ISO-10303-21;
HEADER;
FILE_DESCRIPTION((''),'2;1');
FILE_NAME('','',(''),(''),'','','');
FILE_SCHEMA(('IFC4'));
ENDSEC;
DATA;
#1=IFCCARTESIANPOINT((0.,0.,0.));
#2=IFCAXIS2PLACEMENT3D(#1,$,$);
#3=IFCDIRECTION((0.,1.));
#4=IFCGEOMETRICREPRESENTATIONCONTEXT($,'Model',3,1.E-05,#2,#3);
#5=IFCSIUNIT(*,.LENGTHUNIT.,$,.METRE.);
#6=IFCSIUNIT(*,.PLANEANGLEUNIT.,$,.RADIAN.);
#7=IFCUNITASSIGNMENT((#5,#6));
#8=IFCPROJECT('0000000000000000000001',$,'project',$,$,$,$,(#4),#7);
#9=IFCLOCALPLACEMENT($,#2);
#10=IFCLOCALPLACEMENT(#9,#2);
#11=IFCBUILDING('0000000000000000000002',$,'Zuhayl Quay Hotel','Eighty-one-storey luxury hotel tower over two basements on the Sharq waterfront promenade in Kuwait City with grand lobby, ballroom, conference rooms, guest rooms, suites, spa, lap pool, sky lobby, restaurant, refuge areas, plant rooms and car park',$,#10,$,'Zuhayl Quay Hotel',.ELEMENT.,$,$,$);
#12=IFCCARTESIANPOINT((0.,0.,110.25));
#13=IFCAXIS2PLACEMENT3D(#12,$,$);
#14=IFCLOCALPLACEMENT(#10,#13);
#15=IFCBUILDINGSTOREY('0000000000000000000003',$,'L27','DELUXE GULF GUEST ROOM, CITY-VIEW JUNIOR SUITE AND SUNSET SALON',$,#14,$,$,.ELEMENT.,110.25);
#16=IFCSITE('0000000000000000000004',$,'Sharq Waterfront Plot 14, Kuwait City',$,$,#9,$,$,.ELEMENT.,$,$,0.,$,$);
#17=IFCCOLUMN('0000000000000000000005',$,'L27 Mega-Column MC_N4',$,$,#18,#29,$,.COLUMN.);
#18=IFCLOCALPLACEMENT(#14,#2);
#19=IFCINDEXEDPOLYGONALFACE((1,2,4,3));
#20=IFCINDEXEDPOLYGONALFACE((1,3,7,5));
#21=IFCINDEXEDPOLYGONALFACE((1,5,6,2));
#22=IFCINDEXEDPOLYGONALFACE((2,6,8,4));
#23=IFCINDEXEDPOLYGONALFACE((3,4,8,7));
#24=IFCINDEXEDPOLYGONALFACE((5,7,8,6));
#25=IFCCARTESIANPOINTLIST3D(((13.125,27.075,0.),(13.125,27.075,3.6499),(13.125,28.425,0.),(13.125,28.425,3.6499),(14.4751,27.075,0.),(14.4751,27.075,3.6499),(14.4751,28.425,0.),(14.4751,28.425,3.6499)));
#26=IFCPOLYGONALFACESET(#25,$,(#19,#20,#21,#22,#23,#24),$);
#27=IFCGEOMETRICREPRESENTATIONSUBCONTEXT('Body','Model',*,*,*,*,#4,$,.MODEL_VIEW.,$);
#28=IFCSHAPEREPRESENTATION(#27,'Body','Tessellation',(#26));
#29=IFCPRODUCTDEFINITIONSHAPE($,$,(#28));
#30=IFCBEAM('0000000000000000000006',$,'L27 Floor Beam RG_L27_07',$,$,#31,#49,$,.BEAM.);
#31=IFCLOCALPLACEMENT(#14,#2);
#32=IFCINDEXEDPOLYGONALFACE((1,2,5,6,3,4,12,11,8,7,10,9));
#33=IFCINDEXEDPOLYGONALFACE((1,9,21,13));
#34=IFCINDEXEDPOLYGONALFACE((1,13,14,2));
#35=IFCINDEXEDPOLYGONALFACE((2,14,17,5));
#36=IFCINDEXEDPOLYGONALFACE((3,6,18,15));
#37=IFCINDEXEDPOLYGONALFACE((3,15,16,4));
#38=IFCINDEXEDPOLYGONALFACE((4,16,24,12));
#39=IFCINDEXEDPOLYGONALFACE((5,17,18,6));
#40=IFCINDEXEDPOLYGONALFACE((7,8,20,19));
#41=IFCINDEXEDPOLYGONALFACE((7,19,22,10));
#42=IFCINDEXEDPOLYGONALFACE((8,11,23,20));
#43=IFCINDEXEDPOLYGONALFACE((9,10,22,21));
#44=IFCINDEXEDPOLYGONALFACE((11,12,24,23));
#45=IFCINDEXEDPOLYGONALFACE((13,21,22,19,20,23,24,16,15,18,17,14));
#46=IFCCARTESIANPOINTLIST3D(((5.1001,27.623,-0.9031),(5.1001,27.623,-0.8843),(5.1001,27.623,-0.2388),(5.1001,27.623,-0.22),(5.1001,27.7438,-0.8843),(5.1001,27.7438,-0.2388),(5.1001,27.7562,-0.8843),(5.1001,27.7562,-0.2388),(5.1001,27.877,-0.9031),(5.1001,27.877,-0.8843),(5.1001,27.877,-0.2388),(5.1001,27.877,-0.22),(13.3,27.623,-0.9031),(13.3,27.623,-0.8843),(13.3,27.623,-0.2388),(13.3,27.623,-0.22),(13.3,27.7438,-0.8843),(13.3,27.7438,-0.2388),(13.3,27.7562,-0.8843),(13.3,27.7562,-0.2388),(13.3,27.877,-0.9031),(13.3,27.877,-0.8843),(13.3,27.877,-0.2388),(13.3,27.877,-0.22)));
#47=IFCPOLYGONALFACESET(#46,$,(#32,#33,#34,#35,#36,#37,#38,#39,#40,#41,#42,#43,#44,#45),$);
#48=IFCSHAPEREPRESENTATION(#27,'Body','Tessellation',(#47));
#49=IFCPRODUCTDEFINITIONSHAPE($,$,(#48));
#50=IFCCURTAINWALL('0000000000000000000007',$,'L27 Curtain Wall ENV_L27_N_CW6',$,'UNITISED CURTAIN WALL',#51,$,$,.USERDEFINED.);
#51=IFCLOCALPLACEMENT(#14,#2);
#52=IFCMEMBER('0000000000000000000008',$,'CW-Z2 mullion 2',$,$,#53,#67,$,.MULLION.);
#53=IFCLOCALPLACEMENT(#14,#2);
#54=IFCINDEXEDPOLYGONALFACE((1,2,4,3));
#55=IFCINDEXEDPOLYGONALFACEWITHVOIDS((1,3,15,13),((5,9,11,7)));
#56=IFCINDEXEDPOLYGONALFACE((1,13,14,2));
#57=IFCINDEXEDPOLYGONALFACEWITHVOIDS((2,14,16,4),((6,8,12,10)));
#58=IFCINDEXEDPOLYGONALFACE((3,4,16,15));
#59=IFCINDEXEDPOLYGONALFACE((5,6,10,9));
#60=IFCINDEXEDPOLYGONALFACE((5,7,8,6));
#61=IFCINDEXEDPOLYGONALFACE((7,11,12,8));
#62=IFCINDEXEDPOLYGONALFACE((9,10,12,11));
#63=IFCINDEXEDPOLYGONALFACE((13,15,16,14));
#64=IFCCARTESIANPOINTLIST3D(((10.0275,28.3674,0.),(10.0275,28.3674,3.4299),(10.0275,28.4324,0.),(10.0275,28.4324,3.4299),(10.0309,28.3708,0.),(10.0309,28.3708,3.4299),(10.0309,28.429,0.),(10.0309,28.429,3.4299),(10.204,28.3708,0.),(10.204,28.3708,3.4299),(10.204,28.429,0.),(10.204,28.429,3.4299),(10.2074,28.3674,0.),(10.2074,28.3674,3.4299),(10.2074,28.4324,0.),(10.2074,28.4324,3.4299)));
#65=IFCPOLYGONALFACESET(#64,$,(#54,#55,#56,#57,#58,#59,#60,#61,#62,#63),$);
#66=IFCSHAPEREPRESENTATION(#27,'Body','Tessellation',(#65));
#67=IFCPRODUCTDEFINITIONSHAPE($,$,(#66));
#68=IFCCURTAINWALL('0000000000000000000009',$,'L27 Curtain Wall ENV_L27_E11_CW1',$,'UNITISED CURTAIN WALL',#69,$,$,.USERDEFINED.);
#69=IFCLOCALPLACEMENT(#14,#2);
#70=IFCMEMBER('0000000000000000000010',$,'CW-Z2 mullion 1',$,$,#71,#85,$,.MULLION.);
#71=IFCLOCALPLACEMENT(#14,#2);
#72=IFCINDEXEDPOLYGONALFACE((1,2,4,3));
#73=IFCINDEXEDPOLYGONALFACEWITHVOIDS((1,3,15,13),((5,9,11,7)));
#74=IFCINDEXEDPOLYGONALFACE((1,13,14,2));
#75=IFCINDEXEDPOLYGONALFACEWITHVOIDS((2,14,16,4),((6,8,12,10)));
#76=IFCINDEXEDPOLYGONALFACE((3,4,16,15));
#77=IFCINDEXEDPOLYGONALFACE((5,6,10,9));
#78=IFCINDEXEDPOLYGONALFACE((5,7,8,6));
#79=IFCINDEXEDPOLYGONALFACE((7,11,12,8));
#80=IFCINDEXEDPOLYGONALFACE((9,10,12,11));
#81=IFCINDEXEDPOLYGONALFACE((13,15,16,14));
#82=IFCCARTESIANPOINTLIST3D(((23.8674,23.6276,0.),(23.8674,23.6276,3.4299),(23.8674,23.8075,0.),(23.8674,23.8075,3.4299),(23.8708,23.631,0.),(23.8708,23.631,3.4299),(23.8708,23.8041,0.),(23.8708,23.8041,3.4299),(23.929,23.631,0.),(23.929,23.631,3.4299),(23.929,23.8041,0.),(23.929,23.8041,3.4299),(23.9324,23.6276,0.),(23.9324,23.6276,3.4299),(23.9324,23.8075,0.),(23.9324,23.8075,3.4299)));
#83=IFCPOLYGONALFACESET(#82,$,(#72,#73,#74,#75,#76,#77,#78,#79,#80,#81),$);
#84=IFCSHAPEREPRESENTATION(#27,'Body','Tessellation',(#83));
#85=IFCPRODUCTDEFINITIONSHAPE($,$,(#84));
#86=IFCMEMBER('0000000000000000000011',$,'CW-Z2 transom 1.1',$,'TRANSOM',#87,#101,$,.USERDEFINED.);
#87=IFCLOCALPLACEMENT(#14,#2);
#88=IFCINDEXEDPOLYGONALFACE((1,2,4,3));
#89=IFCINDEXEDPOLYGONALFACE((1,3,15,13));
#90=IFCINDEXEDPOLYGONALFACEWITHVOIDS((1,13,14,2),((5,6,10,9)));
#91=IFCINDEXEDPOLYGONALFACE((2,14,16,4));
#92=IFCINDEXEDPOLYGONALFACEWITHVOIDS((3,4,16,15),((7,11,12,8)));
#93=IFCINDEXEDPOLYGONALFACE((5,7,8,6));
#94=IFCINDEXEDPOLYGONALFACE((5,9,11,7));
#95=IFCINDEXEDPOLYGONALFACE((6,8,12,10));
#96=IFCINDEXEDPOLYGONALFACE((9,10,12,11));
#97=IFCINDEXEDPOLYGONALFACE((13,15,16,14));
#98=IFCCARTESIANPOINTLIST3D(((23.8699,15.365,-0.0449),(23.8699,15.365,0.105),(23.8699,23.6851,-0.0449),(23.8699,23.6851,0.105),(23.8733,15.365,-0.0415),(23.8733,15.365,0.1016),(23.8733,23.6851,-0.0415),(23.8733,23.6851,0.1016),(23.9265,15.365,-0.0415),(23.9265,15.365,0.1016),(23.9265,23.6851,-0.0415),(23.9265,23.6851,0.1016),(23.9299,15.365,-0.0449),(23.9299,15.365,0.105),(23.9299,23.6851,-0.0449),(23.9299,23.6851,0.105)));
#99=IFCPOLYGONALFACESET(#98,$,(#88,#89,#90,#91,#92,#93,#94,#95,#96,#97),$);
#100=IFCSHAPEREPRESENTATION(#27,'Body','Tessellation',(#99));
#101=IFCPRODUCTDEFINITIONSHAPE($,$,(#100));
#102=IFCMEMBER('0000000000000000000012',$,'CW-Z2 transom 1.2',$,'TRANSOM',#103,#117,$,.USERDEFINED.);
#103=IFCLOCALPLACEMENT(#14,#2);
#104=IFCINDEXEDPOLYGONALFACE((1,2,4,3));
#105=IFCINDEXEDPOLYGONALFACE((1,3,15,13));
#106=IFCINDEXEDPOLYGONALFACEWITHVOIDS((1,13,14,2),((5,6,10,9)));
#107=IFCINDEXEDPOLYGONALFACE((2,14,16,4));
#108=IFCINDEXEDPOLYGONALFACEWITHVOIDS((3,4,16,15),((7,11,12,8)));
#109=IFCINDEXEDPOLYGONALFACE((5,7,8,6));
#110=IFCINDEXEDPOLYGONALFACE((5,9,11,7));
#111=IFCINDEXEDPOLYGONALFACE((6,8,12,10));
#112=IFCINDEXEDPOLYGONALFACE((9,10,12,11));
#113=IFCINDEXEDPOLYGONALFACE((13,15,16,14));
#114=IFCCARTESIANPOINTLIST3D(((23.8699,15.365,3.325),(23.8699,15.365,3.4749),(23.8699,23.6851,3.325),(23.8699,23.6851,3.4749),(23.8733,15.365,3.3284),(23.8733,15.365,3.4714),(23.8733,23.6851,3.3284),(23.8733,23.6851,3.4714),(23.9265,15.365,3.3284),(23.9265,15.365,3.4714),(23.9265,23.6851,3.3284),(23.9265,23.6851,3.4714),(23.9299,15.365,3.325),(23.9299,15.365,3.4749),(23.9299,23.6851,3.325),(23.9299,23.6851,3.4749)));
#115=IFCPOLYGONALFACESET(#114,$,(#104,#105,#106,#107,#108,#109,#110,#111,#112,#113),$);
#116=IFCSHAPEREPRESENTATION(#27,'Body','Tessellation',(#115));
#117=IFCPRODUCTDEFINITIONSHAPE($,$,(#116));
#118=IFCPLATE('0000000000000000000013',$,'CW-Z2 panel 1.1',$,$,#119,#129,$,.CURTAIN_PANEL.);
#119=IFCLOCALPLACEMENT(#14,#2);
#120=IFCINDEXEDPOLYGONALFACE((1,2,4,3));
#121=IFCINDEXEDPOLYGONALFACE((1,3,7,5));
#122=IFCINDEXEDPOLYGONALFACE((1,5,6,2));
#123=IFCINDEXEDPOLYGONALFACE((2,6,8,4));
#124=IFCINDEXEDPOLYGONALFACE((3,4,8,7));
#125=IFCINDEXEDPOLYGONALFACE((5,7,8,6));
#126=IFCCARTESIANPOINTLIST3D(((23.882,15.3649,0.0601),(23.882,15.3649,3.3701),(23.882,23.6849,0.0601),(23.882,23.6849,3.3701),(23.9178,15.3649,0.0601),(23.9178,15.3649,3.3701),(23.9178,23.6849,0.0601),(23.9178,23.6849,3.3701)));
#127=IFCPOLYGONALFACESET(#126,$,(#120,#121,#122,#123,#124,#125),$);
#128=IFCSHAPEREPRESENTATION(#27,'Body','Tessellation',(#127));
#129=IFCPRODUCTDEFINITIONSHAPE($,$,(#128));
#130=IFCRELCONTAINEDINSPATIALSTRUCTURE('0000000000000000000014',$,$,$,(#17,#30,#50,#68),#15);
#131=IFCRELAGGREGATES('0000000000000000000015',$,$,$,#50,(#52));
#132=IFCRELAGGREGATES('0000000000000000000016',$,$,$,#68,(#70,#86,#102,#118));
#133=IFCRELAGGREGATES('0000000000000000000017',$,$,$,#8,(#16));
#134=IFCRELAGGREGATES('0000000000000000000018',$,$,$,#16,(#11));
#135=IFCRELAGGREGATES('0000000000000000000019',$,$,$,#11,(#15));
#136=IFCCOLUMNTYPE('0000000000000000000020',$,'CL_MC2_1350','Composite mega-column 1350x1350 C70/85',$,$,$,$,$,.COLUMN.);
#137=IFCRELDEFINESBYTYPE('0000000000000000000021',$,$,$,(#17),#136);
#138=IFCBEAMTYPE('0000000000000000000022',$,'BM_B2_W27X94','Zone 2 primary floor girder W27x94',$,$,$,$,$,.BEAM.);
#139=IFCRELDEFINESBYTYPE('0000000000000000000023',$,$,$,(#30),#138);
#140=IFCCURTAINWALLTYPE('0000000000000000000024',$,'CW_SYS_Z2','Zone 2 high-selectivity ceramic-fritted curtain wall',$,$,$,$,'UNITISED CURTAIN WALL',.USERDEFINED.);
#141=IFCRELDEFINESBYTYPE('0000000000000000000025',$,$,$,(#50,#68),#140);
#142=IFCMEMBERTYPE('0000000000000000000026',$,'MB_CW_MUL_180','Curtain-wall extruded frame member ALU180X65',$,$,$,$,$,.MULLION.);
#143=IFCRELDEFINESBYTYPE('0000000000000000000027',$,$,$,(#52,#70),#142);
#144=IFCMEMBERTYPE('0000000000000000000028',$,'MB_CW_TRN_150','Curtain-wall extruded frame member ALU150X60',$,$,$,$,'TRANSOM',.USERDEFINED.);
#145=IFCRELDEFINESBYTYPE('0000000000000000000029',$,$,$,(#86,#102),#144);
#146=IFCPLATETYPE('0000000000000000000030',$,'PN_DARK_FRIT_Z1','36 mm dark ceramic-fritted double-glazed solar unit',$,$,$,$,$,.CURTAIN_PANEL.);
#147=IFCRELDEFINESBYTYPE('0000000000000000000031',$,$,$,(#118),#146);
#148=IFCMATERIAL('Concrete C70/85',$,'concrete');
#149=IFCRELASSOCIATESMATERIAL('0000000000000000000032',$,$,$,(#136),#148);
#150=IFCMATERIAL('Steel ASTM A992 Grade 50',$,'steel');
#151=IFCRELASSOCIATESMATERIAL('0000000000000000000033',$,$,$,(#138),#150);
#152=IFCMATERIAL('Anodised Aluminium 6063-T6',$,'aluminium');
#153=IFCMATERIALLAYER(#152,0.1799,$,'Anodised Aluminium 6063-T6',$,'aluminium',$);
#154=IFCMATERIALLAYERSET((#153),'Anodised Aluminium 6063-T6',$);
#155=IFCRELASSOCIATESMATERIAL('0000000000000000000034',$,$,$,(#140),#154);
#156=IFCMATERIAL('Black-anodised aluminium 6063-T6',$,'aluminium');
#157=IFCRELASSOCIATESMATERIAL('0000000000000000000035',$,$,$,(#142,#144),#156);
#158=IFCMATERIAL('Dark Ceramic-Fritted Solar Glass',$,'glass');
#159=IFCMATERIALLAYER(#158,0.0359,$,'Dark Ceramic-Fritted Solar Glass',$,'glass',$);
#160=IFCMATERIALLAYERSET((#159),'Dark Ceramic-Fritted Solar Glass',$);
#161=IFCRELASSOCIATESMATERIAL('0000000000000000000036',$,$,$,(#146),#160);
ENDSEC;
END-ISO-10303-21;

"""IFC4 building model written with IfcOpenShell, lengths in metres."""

from ifc_helpers import new_model, si_unit, direction, frame, origin, origin_2d, place, context, subcontext, project, spatial, rectangle, hollow_rectangle, i_section, extrude, material, layer, layer_set, material_profile, profile_set, type_object, element, aggregate, save


model = new_model("IFC4")

# Units and contexts
model_context = context("Model", 3, precision=1e-05, world=origin(), true_north=direction((0.0, 1.0)))
body_context = subcontext(model_context, "Body", "Model", "MODEL_VIEW")
ifc_project = project(units=[si_unit("LENGTHUNIT", "METRE"), si_unit("PLANEANGLEUNIT", "RADIAN")], contexts=[model_context])

# Site, building, storey
site_placement = place(None, origin())
site = spatial("IfcSite", under=ifc_project, at=site_placement, Name="Sharq Waterfront Plot 14, Kuwait City", CompositionType="ELEMENT", RefElevation=0.0)
building_placement = place(site_placement, origin())
building = spatial("IfcBuilding", under=site, at=building_placement, Name="Zuhayl Quay Hotel", Description="Eighty-one-storey luxury hotel tower over two basements on the Sharq waterfront promenade in Kuwait City with grand lobby, ballroom, conference rooms, guest rooms, suites, spa, lap pool, sky lobby, restaurant, refuge areas, plant rooms and car park", LongName="Zuhayl Quay Hotel", CompositionType="ELEMENT")
storey_placement = place(building_placement, frame((0.0, 0.0, 110.25)))
storey = spatial("IfcBuildingStorey", under=building, at=storey_placement, Name="L27", Description="DELUXE GULF GUEST ROOM, CITY-VIEW JUNIOR SUITE AND SUNSET SALON", CompositionType="ELEMENT", Elevation=110.25)

# Column
ifc_material_1 = material(Name="Concrete C70/85", Category="concrete")
ifc_material_profile_1 = material_profile(ifc_material_1, rectangle(XDim=1.3501, YDim=1.3501, at=origin_2d()), Name="RC1350X1350")
ifc_profile_set_1 = profile_set([ifc_material_profile_1], Name="Concrete C70/85")
column_type = type_object("IfcColumnType", Name="CL_MC2_1350", Description="Composite mega-column 1350x1350 C70/85", PredefinedType="COLUMN", material=ifc_profile_set_1)
column_placement = place(storey_placement, frame((13.8, 27.75, 0.0), z_axis=(0.0, 0.0, 1.0), x_axis=(1.0, 0.0, 0.0)))
element("IfcColumn", 1, at=column_placement, inside=storey, type_object=column_type, Name="L27 Mega-Column MC_N4", PredefinedType="COLUMN", context=body_context, shape_type="SweptSolid", body=[
    extrude(rectangle(XDim=1.3501, YDim=1.3501, at=origin_2d()), origin(), (0.0, 0.0, 1.0), 3.6499),
])

# Beam
ifc_material_2 = material(Name="Steel ASTM A992 Grade 50", Category="steel")
ifc_material_profile_2 = material_profile(ifc_material_2, i_section(OverallWidth=0.2539, OverallDepth=0.6831, WebThickness=0.0125, FlangeThickness=0.0188, at=origin_2d()), Name="W27X94")
ifc_profile_set_2 = profile_set([ifc_material_profile_2], Name="Steel ASTM A992 Grade 50")
beam_type = type_object("IfcBeamType", Name="BM_B2_W27X94", Description="Zone 2 primary floor girder W27x94", PredefinedType="BEAM", material=ifc_profile_set_2)
beam_placement = place(storey_placement, frame((13.3, 27.75, -0.5615), z_axis=(-1.0, 0.0, 0.0), x_axis=(0.0, -1.0, 0.0)))
element("IfcBeam", 2, at=beam_placement, inside=storey, type_object=beam_type, Name="L27 Floor Beam RG_L27_07", PredefinedType="BEAM", context=body_context, shape_type="SweptSolid", body=[
    extrude(i_section(OverallWidth=0.2539, OverallDepth=0.6831, WebThickness=0.0125, FlangeThickness=0.0188, at=origin_2d()), origin(), (0.0, 0.0, 1.0), 8.2),
])

# Curtain wall, member
ifc_material_3 = material(Name="Anodised Aluminium 6063-T6", Category="aluminium")
ifc_layer_1 = layer(ifc_material_3, 0.1799, Name="Anodised Aluminium 6063-T6", Category="aluminium")
ifc_layer_set_1 = layer_set([ifc_layer_1], Name="Anodised Aluminium 6063-T6")
curtain_wall_type = type_object("IfcCurtainWallType", Name="CW_SYS_Z2", Description="Zone 2 high-selectivity ceramic-fritted curtain wall", ElementType="UNITISED CURTAIN WALL", PredefinedType="USERDEFINED", material=ifc_layer_set_1)
curtain_wall_1_placement = place(storey_placement, origin())
curtain_wall_1 = element("IfcCurtainWall", 3, at=curtain_wall_1_placement, inside=storey, type_object=curtain_wall_type, Name="L27 Curtain Wall ENV_L27_N_CW6", ObjectType="UNITISED CURTAIN WALL", PredefinedType="USERDEFINED")
ifc_material_4 = material(Name="Black-anodised aluminium 6063-T6", Category="aluminium")
ifc_material_profile_3 = material_profile(ifc_material_4, hollow_rectangle(XDim=0.0649, YDim=0.1799, WallThickness=0.0034, at=origin_2d()), Name="ALU180X65")
ifc_profile_set_3 = profile_set([ifc_material_profile_3], Name="Black-anodised aluminium 6063-T6")
member_type_1 = type_object("IfcMemberType", Name="MB_CW_MUL_180", Description="Curtain-wall extruded frame member ALU180X65", PredefinedType="MULLION", material=ifc_profile_set_3)
member_1_placement = place(storey_placement, frame((10.1174, 28.3999, 0.0), z_axis=(0.0, 0.0, 1.0), x_axis=(0.0, 1.0, 0.0)))
member_1 = element("IfcMember", 4, at=member_1_placement, type_object=member_type_1, Name="CW-Z2 mullion 2", PredefinedType="MULLION", context=body_context, shape_type="SweptSolid", body=[
    extrude(hollow_rectangle(XDim=0.0649, YDim=0.1799, WallThickness=0.0034, at=origin_2d()), origin(), (0.0, 0.0, 1.0), 3.4299),
])
aggregate(curtain_wall_1, [member_1])

# Curtain wall, members, plate
curtain_wall_2_placement = place(storey_placement, origin())
curtain_wall_2 = element("IfcCurtainWall", 5, at=curtain_wall_2_placement, inside=storey, type_object=curtain_wall_type, Name="L27 Curtain Wall ENV_L27_E11_CW1", ObjectType="UNITISED CURTAIN WALL", PredefinedType="USERDEFINED")
member_2_placement = place(storey_placement, frame((23.8999, 23.7175, 0.0), z_axis=(0.0, 0.0, 1.0), x_axis=(1.0, 0.0, 0.0)))
member_2 = element("IfcMember", 6, at=member_2_placement, type_object=member_type_1, Name="CW-Z2 mullion 1", PredefinedType="MULLION", context=body_context, shape_type="SweptSolid", body=[
    extrude(hollow_rectangle(XDim=0.0649, YDim=0.1799, WallThickness=0.0034, at=origin_2d()), origin(), (0.0, 0.0, 1.0), 3.4299),
])
ifc_material_profile_4 = material_profile(ifc_material_4, hollow_rectangle(XDim=0.0601, YDim=0.1499, WallThickness=0.0034, at=origin_2d()), Name="ALU150X60")
ifc_profile_set_4 = profile_set([ifc_material_profile_4], Name="Black-anodised aluminium 6063-T6")
member_type_2 = type_object("IfcMemberType", Name="MB_CW_TRN_150", Description="Curtain-wall extruded frame member ALU150X60", ElementType="TRANSOM", PredefinedType="USERDEFINED", material=ifc_profile_set_4)
member_3_placement = place(storey_placement, frame((23.8999, 23.6851, 0.03), z_axis=(0.0, -1.0, 0.0), x_axis=(1.0, 0.0, 0.0)))
member_3 = element("IfcMember", 7, at=member_3_placement, type_object=member_type_2, Name="CW-Z2 transom 1.1", ObjectType="TRANSOM", PredefinedType="USERDEFINED", context=body_context, shape_type="SweptSolid", body=[
    extrude(hollow_rectangle(XDim=0.0601, YDim=0.1499, WallThickness=0.0034, at=origin_2d()), origin(), (0.0, 0.0, 1.0), 8.3201),
])
member_4_placement = place(storey_placement, frame((23.8999, 23.6851, 3.3999), z_axis=(0.0, -1.0, 0.0), x_axis=(1.0, 0.0, 0.0)))
member_4 = element("IfcMember", 8, at=member_4_placement, type_object=member_type_2, Name="CW-Z2 transom 1.2", ObjectType="TRANSOM", PredefinedType="USERDEFINED", context=body_context, shape_type="SweptSolid", body=[
    extrude(hollow_rectangle(XDim=0.0601, YDim=0.1499, WallThickness=0.0034, at=origin_2d()), origin(), (0.0, 0.0, 1.0), 8.3201),
])
ifc_material_5 = material(Name="Dark Ceramic-Fritted Solar Glass", Category="glass")
ifc_layer_2 = layer(ifc_material_5, 0.0359, Name="Dark Ceramic-Fritted Solar Glass", Category="glass")
ifc_layer_set_2 = layer_set([ifc_layer_2], Name="Dark Ceramic-Fritted Solar Glass")
plate_type = type_object("IfcPlateType", Name="PN_DARK_FRIT_Z1", Description="36 mm dark ceramic-fritted double-glazed solar unit", PredefinedType="CURTAIN_PANEL", material=ifc_layer_set_2)
plate_placement = place(storey_placement, frame((23.8999, 19.5249, 0.0601), z_axis=(0.0, 0.0, 1.0), x_axis=(0.0, -1.0, 0.0)))
plate = element("IfcPlate", 9, at=plate_placement, type_object=plate_type, Name="CW-Z2 panel 1.1", PredefinedType="CURTAIN_PANEL", context=body_context, shape_type="SweptSolid", body=[
    extrude(rectangle(XDim=8.3201, YDim=0.0359, at=origin_2d()), origin(), (0.0, 0.0, 1.0), 3.3101),
])
aggregate(curtain_wall_2, [member_2, member_3, member_4, plate])

save(model, "model.ifc")
